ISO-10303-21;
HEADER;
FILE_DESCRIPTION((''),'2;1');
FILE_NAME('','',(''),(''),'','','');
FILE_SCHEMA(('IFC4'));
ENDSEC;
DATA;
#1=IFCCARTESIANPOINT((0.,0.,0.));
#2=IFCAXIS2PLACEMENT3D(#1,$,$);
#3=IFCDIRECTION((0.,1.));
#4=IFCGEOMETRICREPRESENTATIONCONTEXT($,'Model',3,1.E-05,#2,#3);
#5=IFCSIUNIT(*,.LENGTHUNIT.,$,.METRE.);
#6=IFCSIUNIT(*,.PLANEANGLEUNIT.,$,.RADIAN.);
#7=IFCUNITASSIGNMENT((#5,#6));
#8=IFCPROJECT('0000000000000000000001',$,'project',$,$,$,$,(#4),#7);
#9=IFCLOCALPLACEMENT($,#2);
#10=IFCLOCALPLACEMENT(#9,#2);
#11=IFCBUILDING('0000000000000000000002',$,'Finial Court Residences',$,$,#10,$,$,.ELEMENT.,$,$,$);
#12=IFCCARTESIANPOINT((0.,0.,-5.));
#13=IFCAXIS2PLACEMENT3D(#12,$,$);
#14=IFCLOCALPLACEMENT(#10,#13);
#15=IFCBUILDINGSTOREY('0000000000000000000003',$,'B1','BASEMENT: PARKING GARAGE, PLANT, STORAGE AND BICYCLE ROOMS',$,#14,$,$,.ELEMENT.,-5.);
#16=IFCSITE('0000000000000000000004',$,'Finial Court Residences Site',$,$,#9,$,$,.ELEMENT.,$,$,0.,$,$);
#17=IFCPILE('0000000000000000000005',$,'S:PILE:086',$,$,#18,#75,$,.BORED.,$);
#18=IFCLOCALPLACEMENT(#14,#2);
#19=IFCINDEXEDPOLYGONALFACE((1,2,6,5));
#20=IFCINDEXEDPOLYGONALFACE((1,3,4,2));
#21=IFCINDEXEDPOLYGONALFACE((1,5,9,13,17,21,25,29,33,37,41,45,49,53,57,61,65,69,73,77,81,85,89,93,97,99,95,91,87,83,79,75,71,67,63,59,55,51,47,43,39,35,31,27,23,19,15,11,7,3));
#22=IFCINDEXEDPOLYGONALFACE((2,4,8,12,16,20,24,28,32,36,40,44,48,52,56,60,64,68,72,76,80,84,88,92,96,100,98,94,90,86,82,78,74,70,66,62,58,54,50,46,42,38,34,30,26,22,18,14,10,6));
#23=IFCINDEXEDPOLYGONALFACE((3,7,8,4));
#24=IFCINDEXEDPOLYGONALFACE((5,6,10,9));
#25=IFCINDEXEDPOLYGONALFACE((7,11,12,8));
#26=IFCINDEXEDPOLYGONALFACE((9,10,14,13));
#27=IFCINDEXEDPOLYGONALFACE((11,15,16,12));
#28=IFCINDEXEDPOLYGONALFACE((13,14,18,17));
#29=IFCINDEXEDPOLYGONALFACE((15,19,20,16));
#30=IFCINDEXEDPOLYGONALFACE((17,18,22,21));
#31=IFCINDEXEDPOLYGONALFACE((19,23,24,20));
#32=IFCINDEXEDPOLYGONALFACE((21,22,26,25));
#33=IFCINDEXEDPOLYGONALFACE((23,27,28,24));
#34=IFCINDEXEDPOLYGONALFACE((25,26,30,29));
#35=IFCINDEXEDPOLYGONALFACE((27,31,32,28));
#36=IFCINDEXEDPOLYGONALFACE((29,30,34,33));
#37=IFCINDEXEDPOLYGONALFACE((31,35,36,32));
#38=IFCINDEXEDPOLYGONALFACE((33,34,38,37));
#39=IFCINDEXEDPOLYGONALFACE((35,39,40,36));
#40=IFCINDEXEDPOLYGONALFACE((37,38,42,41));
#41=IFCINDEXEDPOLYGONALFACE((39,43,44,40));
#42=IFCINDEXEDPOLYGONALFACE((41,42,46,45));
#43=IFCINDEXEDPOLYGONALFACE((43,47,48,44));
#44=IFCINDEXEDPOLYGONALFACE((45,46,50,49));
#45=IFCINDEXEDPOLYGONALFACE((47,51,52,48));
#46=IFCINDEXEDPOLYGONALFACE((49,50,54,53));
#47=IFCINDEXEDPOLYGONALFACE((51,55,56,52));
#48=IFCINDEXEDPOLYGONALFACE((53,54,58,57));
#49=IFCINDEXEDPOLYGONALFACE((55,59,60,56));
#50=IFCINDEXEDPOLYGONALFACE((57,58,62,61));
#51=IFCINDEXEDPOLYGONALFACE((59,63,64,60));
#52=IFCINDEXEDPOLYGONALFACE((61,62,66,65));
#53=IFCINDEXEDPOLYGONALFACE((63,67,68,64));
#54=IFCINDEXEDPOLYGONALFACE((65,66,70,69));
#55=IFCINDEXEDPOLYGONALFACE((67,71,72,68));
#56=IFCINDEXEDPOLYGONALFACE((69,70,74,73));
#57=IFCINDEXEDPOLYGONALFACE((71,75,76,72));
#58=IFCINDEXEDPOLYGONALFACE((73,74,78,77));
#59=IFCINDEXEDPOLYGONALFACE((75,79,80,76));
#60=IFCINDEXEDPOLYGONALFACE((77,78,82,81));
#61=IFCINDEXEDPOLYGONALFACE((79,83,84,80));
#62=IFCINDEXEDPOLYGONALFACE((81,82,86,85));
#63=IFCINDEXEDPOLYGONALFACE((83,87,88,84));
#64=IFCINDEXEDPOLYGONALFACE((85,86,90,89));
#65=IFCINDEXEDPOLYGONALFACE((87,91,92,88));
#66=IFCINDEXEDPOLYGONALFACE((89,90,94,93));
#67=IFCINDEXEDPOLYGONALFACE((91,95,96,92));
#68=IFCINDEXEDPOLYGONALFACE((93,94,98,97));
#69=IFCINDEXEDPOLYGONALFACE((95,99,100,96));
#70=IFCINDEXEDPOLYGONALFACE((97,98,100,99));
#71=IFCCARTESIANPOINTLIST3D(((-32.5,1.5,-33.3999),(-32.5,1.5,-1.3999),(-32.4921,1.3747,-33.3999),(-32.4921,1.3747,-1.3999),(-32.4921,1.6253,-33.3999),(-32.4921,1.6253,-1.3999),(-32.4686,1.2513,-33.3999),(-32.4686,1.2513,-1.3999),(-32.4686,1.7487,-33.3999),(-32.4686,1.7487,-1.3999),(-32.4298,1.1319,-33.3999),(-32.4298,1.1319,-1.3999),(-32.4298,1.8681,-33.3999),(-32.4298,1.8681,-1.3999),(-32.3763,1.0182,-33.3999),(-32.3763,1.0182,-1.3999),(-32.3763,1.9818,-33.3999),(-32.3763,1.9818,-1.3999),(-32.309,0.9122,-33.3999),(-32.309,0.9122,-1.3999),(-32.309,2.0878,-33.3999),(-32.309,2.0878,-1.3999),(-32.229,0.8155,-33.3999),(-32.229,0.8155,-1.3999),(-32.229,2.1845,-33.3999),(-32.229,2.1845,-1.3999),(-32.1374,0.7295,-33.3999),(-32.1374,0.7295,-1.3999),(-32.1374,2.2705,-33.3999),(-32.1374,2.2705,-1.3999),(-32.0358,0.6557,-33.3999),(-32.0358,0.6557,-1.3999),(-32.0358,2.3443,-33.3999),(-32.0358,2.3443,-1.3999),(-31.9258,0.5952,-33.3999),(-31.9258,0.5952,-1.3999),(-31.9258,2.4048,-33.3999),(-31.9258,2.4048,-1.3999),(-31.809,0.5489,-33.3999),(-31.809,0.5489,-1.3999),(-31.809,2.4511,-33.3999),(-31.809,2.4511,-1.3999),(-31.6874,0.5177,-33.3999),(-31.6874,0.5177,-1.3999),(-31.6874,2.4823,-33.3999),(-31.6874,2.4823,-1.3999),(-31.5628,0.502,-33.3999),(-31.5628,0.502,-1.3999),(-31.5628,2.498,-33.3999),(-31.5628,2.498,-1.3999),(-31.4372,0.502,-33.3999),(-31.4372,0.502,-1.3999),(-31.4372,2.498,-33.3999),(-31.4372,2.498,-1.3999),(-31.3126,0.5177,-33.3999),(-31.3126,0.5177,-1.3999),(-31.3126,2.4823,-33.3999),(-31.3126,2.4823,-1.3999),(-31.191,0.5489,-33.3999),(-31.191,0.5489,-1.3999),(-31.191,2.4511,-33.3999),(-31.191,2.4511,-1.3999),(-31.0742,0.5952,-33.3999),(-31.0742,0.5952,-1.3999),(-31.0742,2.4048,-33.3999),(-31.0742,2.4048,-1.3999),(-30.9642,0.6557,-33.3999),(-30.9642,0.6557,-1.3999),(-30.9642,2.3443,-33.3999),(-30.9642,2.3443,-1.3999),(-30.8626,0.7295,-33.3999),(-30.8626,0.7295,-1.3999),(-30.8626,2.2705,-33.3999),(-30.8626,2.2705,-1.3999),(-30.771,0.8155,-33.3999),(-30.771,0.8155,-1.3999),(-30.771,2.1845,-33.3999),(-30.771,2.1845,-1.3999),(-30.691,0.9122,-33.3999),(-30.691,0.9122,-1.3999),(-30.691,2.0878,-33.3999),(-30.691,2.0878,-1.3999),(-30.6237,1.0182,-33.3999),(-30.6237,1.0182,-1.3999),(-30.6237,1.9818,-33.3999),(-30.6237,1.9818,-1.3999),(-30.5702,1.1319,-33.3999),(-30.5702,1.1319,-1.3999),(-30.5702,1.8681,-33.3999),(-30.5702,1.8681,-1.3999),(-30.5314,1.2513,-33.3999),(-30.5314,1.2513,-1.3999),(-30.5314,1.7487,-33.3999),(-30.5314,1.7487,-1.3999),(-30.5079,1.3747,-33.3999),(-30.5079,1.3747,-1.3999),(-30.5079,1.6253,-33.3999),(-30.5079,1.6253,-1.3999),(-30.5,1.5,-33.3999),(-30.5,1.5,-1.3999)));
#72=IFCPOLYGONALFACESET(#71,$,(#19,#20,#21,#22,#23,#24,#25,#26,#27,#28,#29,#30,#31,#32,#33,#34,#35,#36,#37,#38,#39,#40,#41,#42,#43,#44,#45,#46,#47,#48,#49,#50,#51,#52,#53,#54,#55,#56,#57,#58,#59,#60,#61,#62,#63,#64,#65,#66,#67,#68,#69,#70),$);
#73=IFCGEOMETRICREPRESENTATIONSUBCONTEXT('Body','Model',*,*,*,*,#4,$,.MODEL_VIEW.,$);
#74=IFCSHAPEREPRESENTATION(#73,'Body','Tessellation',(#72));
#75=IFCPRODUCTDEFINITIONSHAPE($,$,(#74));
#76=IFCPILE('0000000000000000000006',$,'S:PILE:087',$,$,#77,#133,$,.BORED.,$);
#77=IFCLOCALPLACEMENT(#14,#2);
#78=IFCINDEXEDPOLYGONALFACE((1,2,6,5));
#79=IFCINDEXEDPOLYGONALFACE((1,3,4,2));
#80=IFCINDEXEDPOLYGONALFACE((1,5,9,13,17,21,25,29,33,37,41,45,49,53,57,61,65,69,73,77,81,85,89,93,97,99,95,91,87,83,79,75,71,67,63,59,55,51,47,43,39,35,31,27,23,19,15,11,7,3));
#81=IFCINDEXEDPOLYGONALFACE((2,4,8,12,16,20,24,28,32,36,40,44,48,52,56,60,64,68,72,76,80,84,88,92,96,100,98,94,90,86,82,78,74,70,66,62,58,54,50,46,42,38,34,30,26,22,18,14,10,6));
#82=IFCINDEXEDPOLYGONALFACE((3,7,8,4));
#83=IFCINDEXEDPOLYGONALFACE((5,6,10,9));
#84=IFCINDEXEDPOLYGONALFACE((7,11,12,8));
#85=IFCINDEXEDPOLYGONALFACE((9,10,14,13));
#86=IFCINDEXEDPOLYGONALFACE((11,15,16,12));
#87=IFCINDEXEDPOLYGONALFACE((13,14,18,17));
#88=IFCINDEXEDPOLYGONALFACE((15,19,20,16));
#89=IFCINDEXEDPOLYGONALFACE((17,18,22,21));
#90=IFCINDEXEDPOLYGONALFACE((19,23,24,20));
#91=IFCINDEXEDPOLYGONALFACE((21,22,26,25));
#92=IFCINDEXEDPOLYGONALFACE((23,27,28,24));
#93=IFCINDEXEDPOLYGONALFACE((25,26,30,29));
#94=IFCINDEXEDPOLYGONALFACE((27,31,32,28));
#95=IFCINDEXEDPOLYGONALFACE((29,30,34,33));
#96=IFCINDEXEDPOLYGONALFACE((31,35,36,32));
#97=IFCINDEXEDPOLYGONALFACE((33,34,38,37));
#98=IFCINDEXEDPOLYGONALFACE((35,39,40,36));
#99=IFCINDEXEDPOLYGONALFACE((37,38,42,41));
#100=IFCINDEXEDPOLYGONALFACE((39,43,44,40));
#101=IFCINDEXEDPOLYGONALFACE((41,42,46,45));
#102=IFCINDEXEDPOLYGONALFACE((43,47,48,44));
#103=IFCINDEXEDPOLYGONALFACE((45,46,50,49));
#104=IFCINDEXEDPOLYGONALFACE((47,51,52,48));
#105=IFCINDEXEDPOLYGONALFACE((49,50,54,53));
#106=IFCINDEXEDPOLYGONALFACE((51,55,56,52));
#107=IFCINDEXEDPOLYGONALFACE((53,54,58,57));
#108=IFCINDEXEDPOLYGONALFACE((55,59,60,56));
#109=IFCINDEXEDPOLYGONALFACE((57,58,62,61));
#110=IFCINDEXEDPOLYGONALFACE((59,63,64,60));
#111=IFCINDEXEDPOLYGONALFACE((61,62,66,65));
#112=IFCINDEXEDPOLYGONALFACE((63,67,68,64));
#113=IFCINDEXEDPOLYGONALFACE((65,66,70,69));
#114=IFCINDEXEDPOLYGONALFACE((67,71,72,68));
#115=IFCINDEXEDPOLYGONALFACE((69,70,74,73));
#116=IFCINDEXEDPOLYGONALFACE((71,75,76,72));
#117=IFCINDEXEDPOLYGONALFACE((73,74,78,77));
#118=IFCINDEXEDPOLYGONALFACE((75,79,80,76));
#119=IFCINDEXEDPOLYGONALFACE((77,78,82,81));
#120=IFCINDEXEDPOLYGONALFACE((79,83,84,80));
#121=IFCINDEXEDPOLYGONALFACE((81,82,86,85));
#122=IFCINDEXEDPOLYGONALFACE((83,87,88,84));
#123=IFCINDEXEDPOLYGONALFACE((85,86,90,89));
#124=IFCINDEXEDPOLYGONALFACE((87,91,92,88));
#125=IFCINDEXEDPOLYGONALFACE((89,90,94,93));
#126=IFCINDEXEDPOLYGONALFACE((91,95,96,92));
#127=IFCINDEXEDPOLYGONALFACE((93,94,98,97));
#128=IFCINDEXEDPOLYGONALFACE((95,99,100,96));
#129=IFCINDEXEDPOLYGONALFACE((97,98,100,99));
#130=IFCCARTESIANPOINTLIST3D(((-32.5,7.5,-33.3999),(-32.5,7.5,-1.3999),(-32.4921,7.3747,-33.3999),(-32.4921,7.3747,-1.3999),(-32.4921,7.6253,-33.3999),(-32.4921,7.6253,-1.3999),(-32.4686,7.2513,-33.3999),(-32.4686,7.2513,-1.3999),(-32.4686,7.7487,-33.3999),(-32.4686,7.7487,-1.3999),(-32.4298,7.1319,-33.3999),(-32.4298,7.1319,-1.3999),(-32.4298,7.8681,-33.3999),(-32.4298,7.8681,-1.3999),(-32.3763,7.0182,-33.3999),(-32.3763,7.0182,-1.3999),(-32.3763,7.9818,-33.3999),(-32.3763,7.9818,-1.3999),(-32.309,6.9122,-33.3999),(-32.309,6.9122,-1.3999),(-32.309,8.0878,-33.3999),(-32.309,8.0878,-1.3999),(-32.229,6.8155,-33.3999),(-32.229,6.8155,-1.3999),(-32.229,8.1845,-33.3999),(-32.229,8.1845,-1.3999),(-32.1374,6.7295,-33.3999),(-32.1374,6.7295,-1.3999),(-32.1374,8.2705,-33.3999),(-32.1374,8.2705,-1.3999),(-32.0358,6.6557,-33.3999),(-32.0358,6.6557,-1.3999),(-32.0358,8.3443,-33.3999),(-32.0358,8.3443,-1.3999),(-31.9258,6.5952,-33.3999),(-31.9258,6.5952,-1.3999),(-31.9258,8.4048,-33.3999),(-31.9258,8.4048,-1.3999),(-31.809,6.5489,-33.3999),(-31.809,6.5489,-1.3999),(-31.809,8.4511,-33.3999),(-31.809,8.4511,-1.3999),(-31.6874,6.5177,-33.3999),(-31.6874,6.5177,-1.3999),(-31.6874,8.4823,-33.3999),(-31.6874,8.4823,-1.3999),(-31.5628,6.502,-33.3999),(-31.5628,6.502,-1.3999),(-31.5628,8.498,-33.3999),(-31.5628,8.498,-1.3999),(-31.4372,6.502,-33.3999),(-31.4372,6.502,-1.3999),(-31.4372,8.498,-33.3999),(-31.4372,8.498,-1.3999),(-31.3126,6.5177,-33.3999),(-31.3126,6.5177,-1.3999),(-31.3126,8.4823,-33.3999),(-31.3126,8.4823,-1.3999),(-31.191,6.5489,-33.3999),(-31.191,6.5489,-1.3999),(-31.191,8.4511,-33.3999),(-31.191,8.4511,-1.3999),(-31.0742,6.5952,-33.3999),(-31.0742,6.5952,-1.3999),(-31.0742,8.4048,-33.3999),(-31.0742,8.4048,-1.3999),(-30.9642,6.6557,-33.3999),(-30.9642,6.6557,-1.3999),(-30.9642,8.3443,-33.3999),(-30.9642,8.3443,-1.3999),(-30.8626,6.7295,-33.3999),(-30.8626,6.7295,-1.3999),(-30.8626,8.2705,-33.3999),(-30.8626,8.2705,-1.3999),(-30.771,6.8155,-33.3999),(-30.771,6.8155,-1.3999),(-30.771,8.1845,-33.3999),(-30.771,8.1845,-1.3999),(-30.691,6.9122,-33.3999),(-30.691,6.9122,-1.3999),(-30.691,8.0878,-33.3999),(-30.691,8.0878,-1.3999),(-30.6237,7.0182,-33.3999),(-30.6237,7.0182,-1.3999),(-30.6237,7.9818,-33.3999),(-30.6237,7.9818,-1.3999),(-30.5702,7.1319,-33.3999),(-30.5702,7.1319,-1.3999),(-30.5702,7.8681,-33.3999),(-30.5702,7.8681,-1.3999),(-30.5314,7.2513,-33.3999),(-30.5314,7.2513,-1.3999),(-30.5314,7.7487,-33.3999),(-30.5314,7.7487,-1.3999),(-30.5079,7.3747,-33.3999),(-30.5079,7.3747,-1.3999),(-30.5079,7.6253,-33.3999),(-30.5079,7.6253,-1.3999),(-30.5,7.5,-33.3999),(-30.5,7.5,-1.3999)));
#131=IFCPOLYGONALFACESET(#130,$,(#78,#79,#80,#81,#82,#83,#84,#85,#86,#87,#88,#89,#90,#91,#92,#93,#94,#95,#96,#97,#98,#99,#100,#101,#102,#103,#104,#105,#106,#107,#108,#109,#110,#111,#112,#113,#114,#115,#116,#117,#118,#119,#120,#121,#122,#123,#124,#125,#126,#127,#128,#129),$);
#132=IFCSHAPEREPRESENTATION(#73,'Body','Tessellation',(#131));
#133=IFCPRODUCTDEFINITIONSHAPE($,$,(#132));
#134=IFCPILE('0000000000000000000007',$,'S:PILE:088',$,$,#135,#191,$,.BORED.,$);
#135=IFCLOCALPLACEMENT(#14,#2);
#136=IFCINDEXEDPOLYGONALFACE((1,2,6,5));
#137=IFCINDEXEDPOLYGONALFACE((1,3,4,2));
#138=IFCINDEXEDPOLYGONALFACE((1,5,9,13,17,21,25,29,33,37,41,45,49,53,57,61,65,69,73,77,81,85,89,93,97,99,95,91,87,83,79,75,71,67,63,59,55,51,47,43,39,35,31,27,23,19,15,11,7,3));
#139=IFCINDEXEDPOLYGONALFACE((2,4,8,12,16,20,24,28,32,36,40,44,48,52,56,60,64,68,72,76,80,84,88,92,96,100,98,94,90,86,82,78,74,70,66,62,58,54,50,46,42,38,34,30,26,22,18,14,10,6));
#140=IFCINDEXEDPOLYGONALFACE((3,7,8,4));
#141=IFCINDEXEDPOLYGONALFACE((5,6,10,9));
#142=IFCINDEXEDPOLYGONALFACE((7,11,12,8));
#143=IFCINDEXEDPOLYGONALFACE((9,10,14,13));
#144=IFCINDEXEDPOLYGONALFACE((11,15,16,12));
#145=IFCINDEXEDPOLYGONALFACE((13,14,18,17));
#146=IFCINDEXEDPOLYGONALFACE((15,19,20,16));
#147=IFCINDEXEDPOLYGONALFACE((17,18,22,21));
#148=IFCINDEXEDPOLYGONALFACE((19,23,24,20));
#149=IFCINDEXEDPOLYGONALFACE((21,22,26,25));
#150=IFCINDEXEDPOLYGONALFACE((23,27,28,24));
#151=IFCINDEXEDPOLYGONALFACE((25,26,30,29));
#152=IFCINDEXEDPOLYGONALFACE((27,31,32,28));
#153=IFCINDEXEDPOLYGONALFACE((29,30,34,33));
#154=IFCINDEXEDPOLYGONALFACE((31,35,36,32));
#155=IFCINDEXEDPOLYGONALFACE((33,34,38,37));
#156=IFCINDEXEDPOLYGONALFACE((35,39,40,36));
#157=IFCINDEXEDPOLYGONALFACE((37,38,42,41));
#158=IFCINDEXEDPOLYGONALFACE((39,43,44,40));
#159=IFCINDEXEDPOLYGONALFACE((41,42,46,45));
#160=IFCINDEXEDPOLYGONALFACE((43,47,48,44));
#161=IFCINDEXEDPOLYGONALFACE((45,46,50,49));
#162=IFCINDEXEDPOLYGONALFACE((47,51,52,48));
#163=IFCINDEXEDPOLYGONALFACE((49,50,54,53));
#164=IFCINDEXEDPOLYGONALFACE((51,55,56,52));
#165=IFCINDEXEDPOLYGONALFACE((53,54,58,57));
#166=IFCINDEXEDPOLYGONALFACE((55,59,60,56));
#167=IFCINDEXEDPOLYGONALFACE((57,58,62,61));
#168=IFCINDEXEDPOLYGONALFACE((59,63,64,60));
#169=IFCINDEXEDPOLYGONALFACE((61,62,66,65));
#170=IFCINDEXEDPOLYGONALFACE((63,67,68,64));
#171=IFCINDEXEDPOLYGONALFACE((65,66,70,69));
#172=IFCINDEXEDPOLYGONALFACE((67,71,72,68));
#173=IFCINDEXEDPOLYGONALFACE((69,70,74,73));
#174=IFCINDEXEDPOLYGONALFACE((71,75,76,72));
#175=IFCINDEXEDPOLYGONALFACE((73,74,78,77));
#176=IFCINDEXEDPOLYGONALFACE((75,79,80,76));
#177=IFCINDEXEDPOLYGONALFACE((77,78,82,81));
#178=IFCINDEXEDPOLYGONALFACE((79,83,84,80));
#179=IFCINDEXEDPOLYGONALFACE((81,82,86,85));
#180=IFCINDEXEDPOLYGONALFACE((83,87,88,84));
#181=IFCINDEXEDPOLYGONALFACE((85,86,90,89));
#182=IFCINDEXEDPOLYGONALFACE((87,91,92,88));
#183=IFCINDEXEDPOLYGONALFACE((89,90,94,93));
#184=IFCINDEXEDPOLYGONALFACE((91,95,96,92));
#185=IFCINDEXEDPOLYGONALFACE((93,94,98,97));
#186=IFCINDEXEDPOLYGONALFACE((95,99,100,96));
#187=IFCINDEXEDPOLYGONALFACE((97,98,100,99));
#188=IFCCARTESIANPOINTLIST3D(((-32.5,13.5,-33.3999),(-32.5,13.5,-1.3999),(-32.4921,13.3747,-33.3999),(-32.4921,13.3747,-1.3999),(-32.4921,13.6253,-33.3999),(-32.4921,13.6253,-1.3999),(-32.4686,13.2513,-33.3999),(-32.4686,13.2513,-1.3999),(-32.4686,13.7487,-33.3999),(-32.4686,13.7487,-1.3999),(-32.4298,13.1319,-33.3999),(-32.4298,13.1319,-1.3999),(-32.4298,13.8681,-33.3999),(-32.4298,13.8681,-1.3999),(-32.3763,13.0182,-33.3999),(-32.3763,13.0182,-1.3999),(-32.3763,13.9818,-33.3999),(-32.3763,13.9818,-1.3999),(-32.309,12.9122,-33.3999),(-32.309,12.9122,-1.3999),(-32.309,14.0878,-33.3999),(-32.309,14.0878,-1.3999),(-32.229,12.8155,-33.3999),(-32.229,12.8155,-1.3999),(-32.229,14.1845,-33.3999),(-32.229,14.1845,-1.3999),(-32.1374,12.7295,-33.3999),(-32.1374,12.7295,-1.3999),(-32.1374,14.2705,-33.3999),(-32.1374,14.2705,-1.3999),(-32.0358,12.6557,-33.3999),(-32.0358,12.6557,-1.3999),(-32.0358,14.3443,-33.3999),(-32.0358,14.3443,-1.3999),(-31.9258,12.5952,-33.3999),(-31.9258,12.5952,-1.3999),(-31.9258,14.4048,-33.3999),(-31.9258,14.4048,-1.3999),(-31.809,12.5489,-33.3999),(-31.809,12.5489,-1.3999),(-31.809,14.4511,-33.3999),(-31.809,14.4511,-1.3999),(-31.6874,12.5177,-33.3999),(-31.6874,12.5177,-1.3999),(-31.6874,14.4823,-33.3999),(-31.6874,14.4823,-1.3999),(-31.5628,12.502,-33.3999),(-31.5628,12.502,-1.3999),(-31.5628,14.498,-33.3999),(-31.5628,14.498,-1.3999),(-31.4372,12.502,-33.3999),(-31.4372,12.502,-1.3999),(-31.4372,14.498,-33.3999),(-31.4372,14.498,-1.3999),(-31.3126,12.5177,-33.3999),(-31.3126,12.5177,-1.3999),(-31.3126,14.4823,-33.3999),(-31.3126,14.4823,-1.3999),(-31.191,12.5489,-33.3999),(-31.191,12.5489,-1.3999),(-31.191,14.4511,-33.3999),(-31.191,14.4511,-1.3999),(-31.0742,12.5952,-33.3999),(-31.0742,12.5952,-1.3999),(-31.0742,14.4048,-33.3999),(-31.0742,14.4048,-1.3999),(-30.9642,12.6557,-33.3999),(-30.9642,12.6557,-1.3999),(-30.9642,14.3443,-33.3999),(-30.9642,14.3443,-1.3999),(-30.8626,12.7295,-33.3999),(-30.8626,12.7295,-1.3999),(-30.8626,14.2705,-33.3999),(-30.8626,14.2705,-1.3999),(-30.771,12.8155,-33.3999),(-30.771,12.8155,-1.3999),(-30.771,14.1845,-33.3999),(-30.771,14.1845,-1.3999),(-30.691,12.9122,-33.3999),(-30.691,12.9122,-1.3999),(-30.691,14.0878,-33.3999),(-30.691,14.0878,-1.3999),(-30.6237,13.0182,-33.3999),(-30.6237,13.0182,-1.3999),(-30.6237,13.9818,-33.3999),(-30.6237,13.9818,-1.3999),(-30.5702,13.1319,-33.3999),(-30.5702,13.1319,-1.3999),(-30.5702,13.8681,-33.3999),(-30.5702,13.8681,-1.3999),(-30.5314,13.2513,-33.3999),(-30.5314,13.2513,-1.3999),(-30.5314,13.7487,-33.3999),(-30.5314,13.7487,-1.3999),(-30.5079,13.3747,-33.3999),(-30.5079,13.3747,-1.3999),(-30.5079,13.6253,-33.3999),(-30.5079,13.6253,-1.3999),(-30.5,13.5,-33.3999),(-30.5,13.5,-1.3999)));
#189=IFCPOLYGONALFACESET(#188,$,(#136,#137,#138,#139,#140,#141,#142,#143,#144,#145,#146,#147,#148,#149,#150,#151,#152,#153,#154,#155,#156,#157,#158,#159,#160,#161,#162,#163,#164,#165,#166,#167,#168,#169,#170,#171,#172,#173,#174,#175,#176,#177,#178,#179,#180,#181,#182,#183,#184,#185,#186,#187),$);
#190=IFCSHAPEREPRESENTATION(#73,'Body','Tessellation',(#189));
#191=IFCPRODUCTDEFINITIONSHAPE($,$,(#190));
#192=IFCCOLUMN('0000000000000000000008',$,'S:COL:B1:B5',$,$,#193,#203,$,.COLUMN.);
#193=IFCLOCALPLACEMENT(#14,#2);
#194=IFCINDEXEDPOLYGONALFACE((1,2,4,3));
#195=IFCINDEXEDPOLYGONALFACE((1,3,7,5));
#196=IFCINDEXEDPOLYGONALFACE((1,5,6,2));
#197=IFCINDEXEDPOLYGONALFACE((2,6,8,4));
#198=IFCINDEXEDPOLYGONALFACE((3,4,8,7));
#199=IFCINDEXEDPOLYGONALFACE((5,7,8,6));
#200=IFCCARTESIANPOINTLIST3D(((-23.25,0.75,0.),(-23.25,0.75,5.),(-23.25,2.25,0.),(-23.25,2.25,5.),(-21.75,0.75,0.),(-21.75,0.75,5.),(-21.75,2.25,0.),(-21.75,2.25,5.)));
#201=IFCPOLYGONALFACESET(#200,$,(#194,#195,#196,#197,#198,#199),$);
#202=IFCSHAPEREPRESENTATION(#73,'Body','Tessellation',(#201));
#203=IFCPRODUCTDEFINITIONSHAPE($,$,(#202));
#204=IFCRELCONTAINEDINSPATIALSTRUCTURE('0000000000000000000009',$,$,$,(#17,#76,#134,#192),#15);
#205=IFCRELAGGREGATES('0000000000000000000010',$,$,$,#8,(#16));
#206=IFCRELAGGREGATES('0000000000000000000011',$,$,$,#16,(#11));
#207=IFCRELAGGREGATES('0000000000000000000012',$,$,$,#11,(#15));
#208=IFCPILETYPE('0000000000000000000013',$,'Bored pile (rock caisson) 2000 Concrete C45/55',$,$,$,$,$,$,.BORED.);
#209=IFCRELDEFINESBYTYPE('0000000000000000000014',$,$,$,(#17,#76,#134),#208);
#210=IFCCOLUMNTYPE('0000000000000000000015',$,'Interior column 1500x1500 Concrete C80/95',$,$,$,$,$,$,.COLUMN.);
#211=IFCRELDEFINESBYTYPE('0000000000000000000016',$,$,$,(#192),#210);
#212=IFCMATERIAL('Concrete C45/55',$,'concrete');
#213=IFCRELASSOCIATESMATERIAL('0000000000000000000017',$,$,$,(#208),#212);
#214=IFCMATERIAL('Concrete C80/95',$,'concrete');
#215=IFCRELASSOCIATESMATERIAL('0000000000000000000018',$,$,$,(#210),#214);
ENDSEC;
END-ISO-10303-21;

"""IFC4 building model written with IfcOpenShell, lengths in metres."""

from ifc_helpers import new_model, si_unit, direction, frame, origin, origin_2d, place, context, subcontext, project, spatial, rectangle, circle, extrude, material, material_profile, profile_set, type_object, element, save


model = new_model("IFC4")

# Units and contexts
model_context = context("Model", 3, precision=1e-05, world=origin(), true_north=direction((0.0, 1.0)))
body_context = subcontext(model_context, "Body", "Model", "MODEL_VIEW")
ifc_project = project(units=[si_unit("LENGTHUNIT", "METRE"), si_unit("PLANEANGLEUNIT", "RADIAN")], contexts=[model_context])

# Site, building, storey
site_placement = place(None, origin())
site = spatial("IfcSite", under=ifc_project, at=site_placement, Name="Finial Court Residences Site", CompositionType="ELEMENT", RefElevation=0.0)
building_placement = place(site_placement, origin())
building = spatial("IfcBuilding", under=site, at=building_placement, Name="Finial Court Residences", CompositionType="ELEMENT")
storey_placement = place(building_placement, frame((0.0, 0.0, -5.0)))
storey = spatial("IfcBuildingStorey", under=building, at=storey_placement, Name="B1", Description="BASEMENT: PARKING GARAGE, PLANT, STORAGE AND BICYCLE ROOMS", CompositionType="ELEMENT", Elevation=-5.0)

# Piles
ifc_material_1 = material(Name="Concrete C45/55", Category="concrete")
ifc_material_profile_1 = material_profile(ifc_material_1, circle(Radius=1.0, at=origin_2d()), Name="D2000")
ifc_profile_set_1 = profile_set([ifc_material_profile_1], Name="Concrete C45/55")
pile_type = type_object("IfcPileType", Name="Bored pile (rock caisson) 2000 Concrete C45/55", PredefinedType="BORED", material=ifc_profile_set_1)
for number, where, z_axis, x_axis, name in (
    (1, (-31.5, 1.5, -1.3999), (0.0, 0.0, -1.0), (1.0, 0.0, 0.0), "S:PILE:086"),
    (2, (-31.5, 7.5, -1.3999), (0.0, 0.0, -1.0), (1.0, 0.0, 0.0), "S:PILE:087"),
    (3, (-31.5, 13.5, -1.3999), (0.0, 0.0, -1.0), (1.0, 0.0, 0.0), "S:PILE:088"),
):
    element("IfcPile", number, at=place(storey_placement, frame(where, z_axis=z_axis, x_axis=x_axis)), inside=storey, type_object=pile_type, Name=name, PredefinedType="BORED", context=body_context, shape_type="SweptSolid", body=[
        extrude(circle(Radius=1.0, at=origin_2d()), origin(), (0.0, 0.0, 1.0), 32.0),
    ])

# Column
ifc_material_2 = material(Name="Concrete C80/95", Category="concrete")
ifc_material_profile_2 = material_profile(ifc_material_2, rectangle(XDim=1.5, YDim=1.5, at=origin_2d()), Name="1500x1500")
ifc_profile_set_2 = profile_set([ifc_material_profile_2], Name="Concrete C80/95")
column_type_1 = type_object("IfcColumnType", Name="Interior column 1500x1500 Concrete C80/95", PredefinedType="COLUMN", material=ifc_profile_set_2)
for number, where, z_axis, x_axis, name in (
    (4, (-22.5, 1.5, 0.0), (0.0, 0.0, 1.0), (1.0, 0.0, 0.0), "S:COL:B1:B5"),
):
    element("IfcColumn", number, at=place(storey_placement, frame(where, z_axis=z_axis, x_axis=x_axis)), inside=storey, type_object=column_type_1, Name=name, PredefinedType="COLUMN", context=body_context, shape_type="SweptSolid", body=[
        extrude(rectangle(XDim=1.5, YDim=1.5, at=origin_2d()), origin(), (0.0, 0.0, 1.0), 5.0),
    ])

save(model, "model.ifc")
